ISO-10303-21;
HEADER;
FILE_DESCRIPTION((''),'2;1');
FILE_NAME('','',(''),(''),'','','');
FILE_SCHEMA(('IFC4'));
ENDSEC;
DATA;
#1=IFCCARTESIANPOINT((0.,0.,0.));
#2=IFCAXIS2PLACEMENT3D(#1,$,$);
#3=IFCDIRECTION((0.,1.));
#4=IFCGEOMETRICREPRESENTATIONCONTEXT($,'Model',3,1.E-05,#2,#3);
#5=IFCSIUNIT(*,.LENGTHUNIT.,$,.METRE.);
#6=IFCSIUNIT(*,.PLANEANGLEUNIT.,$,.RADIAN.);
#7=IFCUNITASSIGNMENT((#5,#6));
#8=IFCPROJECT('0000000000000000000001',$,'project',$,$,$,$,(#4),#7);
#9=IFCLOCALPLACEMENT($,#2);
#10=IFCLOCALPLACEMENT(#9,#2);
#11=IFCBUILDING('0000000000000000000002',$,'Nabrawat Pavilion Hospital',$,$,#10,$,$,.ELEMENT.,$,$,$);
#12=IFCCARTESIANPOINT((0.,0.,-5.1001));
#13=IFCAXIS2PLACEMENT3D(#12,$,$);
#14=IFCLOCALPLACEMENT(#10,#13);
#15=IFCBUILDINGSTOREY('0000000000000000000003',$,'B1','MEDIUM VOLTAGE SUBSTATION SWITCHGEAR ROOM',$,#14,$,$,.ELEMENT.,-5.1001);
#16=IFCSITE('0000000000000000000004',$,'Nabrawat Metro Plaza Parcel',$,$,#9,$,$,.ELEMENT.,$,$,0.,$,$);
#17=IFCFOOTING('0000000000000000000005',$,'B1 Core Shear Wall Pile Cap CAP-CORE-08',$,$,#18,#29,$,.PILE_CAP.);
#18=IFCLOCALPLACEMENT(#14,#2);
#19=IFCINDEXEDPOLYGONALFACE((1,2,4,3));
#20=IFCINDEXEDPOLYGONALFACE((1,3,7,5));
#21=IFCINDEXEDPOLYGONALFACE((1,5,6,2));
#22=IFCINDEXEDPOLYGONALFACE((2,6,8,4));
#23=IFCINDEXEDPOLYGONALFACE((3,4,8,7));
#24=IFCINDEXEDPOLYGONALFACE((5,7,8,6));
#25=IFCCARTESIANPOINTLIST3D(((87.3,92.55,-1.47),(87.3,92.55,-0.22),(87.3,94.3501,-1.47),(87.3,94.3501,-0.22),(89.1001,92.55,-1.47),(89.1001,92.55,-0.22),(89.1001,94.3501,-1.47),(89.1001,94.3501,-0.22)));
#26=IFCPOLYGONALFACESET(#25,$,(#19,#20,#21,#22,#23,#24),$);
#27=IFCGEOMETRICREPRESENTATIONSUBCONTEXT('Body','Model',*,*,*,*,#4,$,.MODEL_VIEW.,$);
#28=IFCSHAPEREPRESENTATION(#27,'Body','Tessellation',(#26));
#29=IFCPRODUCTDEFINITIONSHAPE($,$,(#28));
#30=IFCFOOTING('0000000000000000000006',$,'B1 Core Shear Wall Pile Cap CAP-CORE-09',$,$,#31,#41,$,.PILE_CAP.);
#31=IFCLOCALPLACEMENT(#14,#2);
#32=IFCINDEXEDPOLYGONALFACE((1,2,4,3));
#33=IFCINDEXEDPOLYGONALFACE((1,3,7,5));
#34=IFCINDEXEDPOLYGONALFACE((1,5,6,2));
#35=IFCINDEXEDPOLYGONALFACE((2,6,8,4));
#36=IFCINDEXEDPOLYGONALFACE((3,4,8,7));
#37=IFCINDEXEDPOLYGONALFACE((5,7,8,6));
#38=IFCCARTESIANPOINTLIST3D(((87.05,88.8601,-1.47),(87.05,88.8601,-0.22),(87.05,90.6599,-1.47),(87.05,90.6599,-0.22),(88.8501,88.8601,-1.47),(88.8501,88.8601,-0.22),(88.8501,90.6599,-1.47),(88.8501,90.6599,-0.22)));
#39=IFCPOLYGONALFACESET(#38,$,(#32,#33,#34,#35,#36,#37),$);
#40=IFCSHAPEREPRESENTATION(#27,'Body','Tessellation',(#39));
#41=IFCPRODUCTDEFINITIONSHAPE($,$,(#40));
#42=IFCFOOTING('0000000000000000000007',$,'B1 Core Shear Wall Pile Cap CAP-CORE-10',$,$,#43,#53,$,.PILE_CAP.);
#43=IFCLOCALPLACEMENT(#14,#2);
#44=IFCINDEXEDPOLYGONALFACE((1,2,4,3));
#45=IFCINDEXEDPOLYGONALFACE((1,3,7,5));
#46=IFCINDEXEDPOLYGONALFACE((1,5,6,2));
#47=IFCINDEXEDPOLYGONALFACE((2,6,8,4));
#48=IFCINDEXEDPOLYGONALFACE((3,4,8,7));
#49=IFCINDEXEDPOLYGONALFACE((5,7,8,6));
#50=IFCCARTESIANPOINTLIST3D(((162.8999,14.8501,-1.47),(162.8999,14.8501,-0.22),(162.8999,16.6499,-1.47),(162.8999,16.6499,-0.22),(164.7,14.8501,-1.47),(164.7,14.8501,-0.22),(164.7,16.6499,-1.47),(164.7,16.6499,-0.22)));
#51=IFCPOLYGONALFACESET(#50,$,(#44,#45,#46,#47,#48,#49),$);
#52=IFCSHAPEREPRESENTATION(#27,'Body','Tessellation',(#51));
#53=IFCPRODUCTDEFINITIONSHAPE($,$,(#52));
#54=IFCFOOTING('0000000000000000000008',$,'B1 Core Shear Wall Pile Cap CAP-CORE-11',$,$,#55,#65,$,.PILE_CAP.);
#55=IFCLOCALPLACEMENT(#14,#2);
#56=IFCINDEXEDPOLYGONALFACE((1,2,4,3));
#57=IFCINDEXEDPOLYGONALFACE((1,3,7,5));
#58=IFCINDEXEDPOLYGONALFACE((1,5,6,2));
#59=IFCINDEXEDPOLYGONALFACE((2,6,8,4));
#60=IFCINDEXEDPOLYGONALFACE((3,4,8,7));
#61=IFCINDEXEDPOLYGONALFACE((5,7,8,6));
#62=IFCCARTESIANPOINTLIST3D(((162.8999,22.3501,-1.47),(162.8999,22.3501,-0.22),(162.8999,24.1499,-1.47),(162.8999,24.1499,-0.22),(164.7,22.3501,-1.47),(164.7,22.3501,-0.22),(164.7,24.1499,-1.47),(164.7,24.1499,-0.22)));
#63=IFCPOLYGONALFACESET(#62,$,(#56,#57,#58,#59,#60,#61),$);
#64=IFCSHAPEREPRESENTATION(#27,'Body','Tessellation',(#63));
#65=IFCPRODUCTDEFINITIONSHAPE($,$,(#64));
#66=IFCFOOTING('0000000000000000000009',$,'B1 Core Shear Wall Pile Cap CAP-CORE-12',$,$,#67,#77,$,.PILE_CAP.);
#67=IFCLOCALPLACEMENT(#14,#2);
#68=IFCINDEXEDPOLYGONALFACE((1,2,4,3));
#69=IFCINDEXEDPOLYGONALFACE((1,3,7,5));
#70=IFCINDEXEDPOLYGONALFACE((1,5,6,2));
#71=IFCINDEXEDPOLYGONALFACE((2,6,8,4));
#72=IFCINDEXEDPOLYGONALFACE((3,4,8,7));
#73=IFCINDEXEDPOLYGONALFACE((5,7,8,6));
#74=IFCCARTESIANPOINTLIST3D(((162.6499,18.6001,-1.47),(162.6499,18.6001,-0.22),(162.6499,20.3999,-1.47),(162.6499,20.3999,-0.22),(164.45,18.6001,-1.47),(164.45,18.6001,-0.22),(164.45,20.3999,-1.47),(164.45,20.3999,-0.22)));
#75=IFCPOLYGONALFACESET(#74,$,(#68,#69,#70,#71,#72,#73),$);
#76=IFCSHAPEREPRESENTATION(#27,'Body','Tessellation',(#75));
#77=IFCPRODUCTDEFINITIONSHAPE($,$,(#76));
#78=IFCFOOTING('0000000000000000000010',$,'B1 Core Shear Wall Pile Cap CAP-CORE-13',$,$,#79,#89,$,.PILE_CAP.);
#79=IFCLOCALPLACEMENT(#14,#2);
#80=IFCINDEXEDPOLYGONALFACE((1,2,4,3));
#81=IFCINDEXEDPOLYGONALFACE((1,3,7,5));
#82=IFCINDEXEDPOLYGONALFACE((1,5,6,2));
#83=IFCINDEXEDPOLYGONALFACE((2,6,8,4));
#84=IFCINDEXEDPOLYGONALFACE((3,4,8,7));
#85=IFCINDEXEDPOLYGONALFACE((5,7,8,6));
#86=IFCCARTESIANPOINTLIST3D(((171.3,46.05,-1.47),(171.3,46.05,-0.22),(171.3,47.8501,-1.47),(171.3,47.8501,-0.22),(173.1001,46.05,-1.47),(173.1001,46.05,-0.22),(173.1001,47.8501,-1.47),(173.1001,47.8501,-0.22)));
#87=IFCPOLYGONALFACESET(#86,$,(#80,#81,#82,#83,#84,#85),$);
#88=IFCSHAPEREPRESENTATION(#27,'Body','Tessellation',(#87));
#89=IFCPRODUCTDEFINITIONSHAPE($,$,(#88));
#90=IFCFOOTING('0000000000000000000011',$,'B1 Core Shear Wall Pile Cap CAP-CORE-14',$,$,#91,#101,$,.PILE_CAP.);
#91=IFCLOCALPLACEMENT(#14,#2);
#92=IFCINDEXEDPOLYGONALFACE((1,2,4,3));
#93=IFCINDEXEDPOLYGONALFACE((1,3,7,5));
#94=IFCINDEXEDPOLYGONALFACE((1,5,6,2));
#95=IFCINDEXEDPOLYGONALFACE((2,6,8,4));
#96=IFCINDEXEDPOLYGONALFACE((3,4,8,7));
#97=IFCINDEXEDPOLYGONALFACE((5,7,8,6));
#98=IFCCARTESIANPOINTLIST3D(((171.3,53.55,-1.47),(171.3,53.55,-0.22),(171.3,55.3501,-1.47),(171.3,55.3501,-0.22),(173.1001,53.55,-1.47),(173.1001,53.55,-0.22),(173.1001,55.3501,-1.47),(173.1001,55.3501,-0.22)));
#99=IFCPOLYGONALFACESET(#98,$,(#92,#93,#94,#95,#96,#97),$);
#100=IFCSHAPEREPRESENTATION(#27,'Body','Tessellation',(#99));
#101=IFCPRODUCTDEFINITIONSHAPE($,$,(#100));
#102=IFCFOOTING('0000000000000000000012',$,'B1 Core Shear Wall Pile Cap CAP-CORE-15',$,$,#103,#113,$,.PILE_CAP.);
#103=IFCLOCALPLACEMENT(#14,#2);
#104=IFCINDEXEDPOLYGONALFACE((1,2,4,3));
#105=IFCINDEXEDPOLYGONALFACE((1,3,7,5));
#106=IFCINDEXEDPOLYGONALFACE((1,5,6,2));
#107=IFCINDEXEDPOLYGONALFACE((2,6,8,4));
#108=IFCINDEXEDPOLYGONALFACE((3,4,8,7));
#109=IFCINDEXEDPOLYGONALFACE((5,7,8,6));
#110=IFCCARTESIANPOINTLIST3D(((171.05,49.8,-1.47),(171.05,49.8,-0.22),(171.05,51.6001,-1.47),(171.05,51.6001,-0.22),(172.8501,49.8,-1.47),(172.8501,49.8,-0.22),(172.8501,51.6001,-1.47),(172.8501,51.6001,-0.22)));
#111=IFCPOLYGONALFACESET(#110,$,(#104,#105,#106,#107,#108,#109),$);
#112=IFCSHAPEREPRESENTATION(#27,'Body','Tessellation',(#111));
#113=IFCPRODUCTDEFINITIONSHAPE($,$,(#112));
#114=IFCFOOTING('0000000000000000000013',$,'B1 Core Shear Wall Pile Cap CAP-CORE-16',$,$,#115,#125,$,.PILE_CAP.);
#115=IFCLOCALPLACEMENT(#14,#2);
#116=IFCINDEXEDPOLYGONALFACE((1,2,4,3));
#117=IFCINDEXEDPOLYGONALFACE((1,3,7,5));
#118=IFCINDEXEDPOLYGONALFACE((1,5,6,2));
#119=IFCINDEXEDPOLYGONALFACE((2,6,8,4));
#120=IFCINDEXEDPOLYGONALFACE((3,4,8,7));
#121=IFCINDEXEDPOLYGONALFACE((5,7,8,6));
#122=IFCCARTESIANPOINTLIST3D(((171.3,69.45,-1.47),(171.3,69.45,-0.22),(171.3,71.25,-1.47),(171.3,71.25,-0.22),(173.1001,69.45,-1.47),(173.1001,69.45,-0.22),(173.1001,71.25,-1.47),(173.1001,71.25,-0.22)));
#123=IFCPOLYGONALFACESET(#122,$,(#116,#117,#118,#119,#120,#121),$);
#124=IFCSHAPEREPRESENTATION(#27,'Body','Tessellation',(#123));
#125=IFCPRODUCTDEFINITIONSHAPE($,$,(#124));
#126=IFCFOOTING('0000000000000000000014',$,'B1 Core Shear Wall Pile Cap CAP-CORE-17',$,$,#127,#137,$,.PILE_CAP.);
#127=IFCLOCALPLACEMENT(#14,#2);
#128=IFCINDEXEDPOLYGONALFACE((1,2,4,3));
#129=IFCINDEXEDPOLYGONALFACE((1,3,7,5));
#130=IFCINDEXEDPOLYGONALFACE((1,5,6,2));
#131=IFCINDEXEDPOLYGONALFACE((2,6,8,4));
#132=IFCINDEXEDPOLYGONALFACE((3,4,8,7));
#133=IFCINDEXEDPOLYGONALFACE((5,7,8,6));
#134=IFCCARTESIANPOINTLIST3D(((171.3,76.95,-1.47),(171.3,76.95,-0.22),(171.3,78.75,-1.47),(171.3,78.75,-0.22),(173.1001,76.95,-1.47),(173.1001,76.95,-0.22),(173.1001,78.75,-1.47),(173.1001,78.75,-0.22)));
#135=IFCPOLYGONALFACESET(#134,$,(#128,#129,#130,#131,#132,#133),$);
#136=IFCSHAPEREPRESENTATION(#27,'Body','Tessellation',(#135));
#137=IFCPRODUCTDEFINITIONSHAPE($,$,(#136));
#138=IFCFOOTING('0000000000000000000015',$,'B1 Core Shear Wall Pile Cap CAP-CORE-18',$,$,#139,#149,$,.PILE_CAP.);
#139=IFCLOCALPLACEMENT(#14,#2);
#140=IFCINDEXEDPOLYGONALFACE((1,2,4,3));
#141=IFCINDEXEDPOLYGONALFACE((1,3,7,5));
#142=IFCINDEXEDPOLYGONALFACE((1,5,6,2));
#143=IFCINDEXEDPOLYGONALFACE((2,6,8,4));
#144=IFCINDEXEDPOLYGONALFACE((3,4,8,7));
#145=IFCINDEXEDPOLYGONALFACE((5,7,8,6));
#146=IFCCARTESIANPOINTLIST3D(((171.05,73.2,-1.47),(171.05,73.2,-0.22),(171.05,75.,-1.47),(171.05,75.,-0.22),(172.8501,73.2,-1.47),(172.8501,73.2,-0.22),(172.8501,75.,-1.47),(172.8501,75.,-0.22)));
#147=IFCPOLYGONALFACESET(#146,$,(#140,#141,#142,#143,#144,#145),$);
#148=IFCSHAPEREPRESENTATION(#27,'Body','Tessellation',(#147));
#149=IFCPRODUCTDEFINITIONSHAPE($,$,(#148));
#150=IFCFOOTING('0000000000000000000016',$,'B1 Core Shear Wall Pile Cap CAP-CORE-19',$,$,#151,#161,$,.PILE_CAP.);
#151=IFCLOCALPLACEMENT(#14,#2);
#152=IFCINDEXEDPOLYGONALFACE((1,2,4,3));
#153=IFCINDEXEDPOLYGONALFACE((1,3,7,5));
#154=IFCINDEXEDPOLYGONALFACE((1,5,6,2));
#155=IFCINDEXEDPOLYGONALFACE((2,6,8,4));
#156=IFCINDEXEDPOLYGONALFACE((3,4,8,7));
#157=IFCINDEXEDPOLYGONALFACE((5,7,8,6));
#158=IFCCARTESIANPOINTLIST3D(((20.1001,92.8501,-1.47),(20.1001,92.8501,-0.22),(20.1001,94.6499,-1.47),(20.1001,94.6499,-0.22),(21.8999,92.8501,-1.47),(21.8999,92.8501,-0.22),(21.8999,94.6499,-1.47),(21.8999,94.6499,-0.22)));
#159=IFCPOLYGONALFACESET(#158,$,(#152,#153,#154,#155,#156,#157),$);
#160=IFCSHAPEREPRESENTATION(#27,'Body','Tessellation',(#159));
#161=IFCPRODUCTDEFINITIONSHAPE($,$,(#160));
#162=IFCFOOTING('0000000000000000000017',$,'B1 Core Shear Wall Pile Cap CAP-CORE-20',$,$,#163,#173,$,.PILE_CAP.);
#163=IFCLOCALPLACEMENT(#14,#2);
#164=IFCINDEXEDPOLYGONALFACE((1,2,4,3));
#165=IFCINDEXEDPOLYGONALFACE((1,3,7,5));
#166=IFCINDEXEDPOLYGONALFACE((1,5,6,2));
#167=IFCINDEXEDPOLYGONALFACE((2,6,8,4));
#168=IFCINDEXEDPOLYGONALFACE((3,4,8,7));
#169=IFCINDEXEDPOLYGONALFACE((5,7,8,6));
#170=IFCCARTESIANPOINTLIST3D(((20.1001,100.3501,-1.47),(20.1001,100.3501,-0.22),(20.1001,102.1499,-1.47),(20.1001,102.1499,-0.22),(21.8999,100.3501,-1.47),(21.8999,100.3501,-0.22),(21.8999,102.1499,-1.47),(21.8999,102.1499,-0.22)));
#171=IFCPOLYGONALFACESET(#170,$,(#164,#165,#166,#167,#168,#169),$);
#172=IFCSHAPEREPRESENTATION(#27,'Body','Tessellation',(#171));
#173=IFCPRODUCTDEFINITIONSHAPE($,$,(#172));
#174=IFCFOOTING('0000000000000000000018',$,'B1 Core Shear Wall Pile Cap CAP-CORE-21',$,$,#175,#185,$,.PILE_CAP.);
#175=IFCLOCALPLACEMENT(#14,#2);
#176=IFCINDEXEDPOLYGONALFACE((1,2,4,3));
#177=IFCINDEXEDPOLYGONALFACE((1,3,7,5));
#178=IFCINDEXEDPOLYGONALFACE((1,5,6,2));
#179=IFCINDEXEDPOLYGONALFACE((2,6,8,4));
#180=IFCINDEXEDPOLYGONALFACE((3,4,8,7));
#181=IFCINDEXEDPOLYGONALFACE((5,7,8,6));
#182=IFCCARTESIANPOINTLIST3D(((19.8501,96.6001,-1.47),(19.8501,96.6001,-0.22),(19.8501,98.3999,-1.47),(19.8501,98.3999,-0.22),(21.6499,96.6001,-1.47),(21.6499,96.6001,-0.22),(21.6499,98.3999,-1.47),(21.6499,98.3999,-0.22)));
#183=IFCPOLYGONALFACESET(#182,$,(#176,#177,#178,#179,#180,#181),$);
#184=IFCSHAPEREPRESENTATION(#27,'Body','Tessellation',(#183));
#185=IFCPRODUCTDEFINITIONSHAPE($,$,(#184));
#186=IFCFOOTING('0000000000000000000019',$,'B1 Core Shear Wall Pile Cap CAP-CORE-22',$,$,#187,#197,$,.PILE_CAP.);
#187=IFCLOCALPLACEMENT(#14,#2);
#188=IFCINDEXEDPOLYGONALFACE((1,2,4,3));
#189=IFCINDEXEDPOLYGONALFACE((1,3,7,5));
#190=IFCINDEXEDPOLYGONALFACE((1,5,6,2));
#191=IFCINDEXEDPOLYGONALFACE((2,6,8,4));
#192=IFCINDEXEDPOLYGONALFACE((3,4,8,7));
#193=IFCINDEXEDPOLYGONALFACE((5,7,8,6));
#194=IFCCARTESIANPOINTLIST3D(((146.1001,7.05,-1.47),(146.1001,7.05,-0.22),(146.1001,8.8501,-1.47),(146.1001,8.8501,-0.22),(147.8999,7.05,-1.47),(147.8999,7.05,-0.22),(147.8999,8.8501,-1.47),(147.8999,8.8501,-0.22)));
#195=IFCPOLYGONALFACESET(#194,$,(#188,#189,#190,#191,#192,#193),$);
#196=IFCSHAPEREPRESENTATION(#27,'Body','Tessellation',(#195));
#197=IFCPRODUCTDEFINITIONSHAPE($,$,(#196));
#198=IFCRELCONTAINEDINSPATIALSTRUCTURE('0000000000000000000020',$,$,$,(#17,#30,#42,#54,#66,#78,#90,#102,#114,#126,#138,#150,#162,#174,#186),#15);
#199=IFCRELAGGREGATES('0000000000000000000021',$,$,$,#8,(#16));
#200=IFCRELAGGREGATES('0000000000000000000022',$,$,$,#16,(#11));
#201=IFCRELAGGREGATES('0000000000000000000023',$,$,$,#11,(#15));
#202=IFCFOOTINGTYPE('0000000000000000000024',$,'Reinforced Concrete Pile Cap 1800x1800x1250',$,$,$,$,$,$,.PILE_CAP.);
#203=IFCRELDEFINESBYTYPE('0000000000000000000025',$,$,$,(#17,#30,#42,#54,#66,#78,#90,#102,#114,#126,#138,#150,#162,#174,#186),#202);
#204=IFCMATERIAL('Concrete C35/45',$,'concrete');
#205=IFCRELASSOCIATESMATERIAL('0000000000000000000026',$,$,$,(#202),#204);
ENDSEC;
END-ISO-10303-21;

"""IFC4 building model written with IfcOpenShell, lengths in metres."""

from ifc_helpers import new_model, si_unit, direction, frame, origin, place, context, subcontext, project, spatial, polyline, outline, extrude, material, type_object, element, save


model = new_model("IFC4")

# Units and contexts
model_context = context("Model", 3, precision=1e-05, world=origin(), true_north=direction((0.0, 1.0)))
body_context = subcontext(model_context, "Body", "Model", "MODEL_VIEW")
ifc_project = project(units=[si_unit("LENGTHUNIT", "METRE"), si_unit("PLANEANGLEUNIT", "RADIAN")], contexts=[model_context])

# Site, building, storey
site_placement = place(None, origin())
site = spatial("IfcSite", under=ifc_project, at=site_placement, Name="Nabrawat Metro Plaza Parcel", CompositionType="ELEMENT", RefElevation=0.0)
building_placement = place(site_placement, origin())
building = spatial("IfcBuilding", under=site, at=building_placement, Name="Nabrawat Pavilion Hospital", CompositionType="ELEMENT")
storey_placement = place(building_placement, frame((0.0, 0.0, -5.1001)))
storey = spatial("IfcBuildingStorey", under=building, at=storey_placement, Name="B1", Description="MEDIUM VOLTAGE SUBSTATION SWITCHGEAR ROOM", CompositionType="ELEMENT", Elevation=-5.1001)

# Footings
ifc_material = material(Name="Concrete C35/45", Category="concrete")
footing_type = type_object("IfcFootingType", Name="Reinforced Concrete Pile Cap 1800x1800x1250", PredefinedType="PILE_CAP", material=ifc_material)
footing_1_placement = place(storey_placement, frame((0.0, 0.0, -1.47)))
element("IfcFooting", 1, at=footing_1_placement, inside=storey, type_object=footing_type, Name="B1 Core Shear Wall Pile Cap CAP-CORE-08", PredefinedType="PILE_CAP", context=body_context, shape_type="SweptSolid", body=[
    extrude(outline(polyline([(89.1001, 92.55), (89.1001, 94.3501), (87.3, 94.3501), (87.3, 92.55), (89.1001, 92.55)])), origin(), (0.0, 0.0, 1.0), 1.25),
])
footing_2_placement = place(storey_placement, frame((0.0, 0.0, -1.47)))
element("IfcFooting", 2, at=footing_2_placement, inside=storey, type_object=footing_type, Name="B1 Core Shear Wall Pile Cap CAP-CORE-09", PredefinedType="PILE_CAP", context=body_context, shape_type="SweptSolid", body=[
    extrude(outline(polyline([(88.8501, 88.8601), (88.8501, 90.6599), (87.05, 90.6599), (87.05, 88.8601), (88.8501, 88.8601)])), origin(), (0.0, 0.0, 1.0), 1.25),
])
footing_3_placement = place(storey_placement, frame((0.0, 0.0, -1.47)))
element("IfcFooting", 3, at=footing_3_placement, inside=storey, type_object=footing_type, Name="B1 Core Shear Wall Pile Cap CAP-CORE-10", PredefinedType="PILE_CAP", context=body_context, shape_type="SweptSolid", body=[
    extrude(outline(polyline([(164.7, 14.8501), (164.7, 16.6499), (162.8999, 16.6499), (162.8999, 14.8501), (164.7, 14.8501)])), origin(), (0.0, 0.0, 1.0), 1.25),
])
footing_4_placement = place(storey_placement, frame((0.0, 0.0, -1.47)))
element("IfcFooting", 4, at=footing_4_placement, inside=storey, type_object=footing_type, Name="B1 Core Shear Wall Pile Cap CAP-CORE-11", PredefinedType="PILE_CAP", context=body_context, shape_type="SweptSolid", body=[
    extrude(outline(polyline([(164.7, 22.3501), (164.7, 24.1499), (162.8999, 24.1499), (162.8999, 22.3501), (164.7, 22.3501)])), origin(), (0.0, 0.0, 1.0), 1.25),
])
footing_5_placement = place(storey_placement, frame((0.0, 0.0, -1.47)))
element("IfcFooting", 5, at=footing_5_placement, inside=storey, type_object=footing_type, Name="B1 Core Shear Wall Pile Cap CAP-CORE-12", PredefinedType="PILE_CAP", context=body_context, shape_type="SweptSolid", body=[
    extrude(outline(polyline([(164.45, 18.6001), (164.45, 20.3999), (162.6499, 20.3999), (162.6499, 18.6001), (164.45, 18.6001)])), origin(), (0.0, 0.0, 1.0), 1.25),
])
footing_6_placement = place(storey_placement, frame((0.0, 0.0, -1.47)))
element("IfcFooting", 6, at=footing_6_placement, inside=storey, type_object=footing_type, Name="B1 Core Shear Wall Pile Cap CAP-CORE-13", PredefinedType="PILE_CAP", context=body_context, shape_type="SweptSolid", body=[
    extrude(outline(polyline([(173.1001, 46.05), (173.1001, 47.8501), (171.3, 47.8501), (171.3, 46.05), (173.1001, 46.05)])), origin(), (0.0, 0.0, 1.0), 1.25),
])
footing_7_placement = place(storey_placement, frame((0.0, 0.0, -1.47)))
element("IfcFooting", 7, at=footing_7_placement, inside=storey, type_object=footing_type, Name="B1 Core Shear Wall Pile Cap CAP-CORE-14", PredefinedType="PILE_CAP", context=body_context, shape_type="SweptSolid", body=[
    extrude(outline(polyline([(173.1001, 53.55), (173.1001, 55.3501), (171.3, 55.3501), (171.3, 53.55), (173.1001, 53.55)])), origin(), (0.0, 0.0, 1.0), 1.25),
])
footing_8_placement = place(storey_placement, frame((0.0, 0.0, -1.47)))
element("IfcFooting", 8, at=footing_8_placement, inside=storey, type_object=footing_type, Name="B1 Core Shear Wall Pile Cap CAP-CORE-15", PredefinedType="PILE_CAP", context=body_context, shape_type="SweptSolid", body=[
    extrude(outline(polyline([(172.8501, 49.8), (172.8501, 51.6001), (171.05, 51.6001), (171.05, 49.8), (172.8501, 49.8)])), origin(), (0.0, 0.0, 1.0), 1.25),
])
footing_9_placement = place(storey_placement, frame((0.0, 0.0, -1.47)))
element("IfcFooting", 9, at=footing_9_placement, inside=storey, type_object=footing_type, Name="B1 Core Shear Wall Pile Cap CAP-CORE-16", PredefinedType="PILE_CAP", context=body_context, shape_type="SweptSolid", body=[
    extrude(outline(polyline([(173.1001, 69.45), (173.1001, 71.25), (171.3, 71.25), (171.3, 69.45), (173.1001, 69.45)])), origin(), (0.0, 0.0, 1.0), 1.25),
])
footing_10_placement = place(storey_placement, frame((0.0, 0.0, -1.47)))
element("IfcFooting", 10, at=footing_10_placement, inside=storey, type_object=footing_type, Name="B1 Core Shear Wall Pile Cap CAP-CORE-17", PredefinedType="PILE_CAP", context=body_context, shape_type="SweptSolid", body=[
    extrude(outline(polyline([(173.1001, 76.95), (173.1001, 78.75), (171.3, 78.75), (171.3, 76.95), (173.1001, 76.95)])), origin(), (0.0, 0.0, 1.0), 1.25),
])
footing_11_placement = place(storey_placement, frame((0.0, 0.0, -1.47)))
element("IfcFooting", 11, at=footing_11_placement, inside=storey, type_object=footing_type, Name="B1 Core Shear Wall Pile Cap CAP-CORE-18", PredefinedType="PILE_CAP", context=body_context, shape_type="SweptSolid", body=[
    extrude(outline(polyline([(172.8501, 73.2), (172.8501, 75.0), (171.05, 75.0), (171.05, 73.2), (172.8501, 73.2)])), origin(), (0.0, 0.0, 1.0), 1.25),
])
footing_12_placement = place(storey_placement, frame((0.0, 0.0, -1.47)))
element("IfcFooting", 12, at=footing_12_placement, inside=storey, type_object=footing_type, Name="B1 Core Shear Wall Pile Cap CAP-CORE-19", PredefinedType="PILE_CAP", context=body_context, shape_type="SweptSolid", body=[
    extrude(outline(polyline([(21.8999, 92.8501), (21.8999, 94.6499), (20.1001, 94.6499), (20.1001, 92.8501), (21.8999, 92.8501)])), origin(), (0.0, 0.0, 1.0), 1.25),
])
footing_13_placement = place(storey_placement, frame((0.0, 0.0, -1.47)))
element("IfcFooting", 13, at=footing_13_placement, inside=storey, type_object=footing_type, Name="B1 Core Shear Wall Pile Cap CAP-CORE-20", PredefinedType="PILE_CAP", context=body_context, shape_type="SweptSolid", body=[
    extrude(outline(polyline([(21.8999, 100.3501), (21.8999, 102.1499), (20.1001, 102.1499), (20.1001, 100.3501), (21.8999, 100.3501)])), origin(), (0.0, 0.0, 1.0), 1.25),
])
footing_14_placement = place(storey_placement, frame((0.0, 0.0, -1.47)))
element("IfcFooting", 14, at=footing_14_placement, inside=storey, type_object=footing_type, Name="B1 Core Shear Wall Pile Cap CAP-CORE-21", PredefinedType="PILE_CAP", context=body_context, shape_type="SweptSolid", body=[
    extrude(outline(polyline([(21.6499, 96.6001), (21.6499, 98.3999), (19.8501, 98.3999), (19.8501, 96.6001), (21.6499, 96.6001)])), origin(), (0.0, 0.0, 1.0), 1.25),
])
footing_15_placement = place(storey_placement, frame((0.0, 0.0, -1.47)))
element("IfcFooting", 15, at=footing_15_placement, inside=storey, type_object=footing_type, Name="B1 Core Shear Wall Pile Cap CAP-CORE-22", PredefinedType="PILE_CAP", context=body_context, shape_type="SweptSolid", body=[
    extrude(outline(polyline([(147.8999, 7.05), (147.8999, 8.8501), (146.1001, 8.8501), (146.1001, 7.05), (147.8999, 7.05)])), origin(), (0.0, 0.0, 1.0), 1.25),
])

save(model, "model.ifc")
